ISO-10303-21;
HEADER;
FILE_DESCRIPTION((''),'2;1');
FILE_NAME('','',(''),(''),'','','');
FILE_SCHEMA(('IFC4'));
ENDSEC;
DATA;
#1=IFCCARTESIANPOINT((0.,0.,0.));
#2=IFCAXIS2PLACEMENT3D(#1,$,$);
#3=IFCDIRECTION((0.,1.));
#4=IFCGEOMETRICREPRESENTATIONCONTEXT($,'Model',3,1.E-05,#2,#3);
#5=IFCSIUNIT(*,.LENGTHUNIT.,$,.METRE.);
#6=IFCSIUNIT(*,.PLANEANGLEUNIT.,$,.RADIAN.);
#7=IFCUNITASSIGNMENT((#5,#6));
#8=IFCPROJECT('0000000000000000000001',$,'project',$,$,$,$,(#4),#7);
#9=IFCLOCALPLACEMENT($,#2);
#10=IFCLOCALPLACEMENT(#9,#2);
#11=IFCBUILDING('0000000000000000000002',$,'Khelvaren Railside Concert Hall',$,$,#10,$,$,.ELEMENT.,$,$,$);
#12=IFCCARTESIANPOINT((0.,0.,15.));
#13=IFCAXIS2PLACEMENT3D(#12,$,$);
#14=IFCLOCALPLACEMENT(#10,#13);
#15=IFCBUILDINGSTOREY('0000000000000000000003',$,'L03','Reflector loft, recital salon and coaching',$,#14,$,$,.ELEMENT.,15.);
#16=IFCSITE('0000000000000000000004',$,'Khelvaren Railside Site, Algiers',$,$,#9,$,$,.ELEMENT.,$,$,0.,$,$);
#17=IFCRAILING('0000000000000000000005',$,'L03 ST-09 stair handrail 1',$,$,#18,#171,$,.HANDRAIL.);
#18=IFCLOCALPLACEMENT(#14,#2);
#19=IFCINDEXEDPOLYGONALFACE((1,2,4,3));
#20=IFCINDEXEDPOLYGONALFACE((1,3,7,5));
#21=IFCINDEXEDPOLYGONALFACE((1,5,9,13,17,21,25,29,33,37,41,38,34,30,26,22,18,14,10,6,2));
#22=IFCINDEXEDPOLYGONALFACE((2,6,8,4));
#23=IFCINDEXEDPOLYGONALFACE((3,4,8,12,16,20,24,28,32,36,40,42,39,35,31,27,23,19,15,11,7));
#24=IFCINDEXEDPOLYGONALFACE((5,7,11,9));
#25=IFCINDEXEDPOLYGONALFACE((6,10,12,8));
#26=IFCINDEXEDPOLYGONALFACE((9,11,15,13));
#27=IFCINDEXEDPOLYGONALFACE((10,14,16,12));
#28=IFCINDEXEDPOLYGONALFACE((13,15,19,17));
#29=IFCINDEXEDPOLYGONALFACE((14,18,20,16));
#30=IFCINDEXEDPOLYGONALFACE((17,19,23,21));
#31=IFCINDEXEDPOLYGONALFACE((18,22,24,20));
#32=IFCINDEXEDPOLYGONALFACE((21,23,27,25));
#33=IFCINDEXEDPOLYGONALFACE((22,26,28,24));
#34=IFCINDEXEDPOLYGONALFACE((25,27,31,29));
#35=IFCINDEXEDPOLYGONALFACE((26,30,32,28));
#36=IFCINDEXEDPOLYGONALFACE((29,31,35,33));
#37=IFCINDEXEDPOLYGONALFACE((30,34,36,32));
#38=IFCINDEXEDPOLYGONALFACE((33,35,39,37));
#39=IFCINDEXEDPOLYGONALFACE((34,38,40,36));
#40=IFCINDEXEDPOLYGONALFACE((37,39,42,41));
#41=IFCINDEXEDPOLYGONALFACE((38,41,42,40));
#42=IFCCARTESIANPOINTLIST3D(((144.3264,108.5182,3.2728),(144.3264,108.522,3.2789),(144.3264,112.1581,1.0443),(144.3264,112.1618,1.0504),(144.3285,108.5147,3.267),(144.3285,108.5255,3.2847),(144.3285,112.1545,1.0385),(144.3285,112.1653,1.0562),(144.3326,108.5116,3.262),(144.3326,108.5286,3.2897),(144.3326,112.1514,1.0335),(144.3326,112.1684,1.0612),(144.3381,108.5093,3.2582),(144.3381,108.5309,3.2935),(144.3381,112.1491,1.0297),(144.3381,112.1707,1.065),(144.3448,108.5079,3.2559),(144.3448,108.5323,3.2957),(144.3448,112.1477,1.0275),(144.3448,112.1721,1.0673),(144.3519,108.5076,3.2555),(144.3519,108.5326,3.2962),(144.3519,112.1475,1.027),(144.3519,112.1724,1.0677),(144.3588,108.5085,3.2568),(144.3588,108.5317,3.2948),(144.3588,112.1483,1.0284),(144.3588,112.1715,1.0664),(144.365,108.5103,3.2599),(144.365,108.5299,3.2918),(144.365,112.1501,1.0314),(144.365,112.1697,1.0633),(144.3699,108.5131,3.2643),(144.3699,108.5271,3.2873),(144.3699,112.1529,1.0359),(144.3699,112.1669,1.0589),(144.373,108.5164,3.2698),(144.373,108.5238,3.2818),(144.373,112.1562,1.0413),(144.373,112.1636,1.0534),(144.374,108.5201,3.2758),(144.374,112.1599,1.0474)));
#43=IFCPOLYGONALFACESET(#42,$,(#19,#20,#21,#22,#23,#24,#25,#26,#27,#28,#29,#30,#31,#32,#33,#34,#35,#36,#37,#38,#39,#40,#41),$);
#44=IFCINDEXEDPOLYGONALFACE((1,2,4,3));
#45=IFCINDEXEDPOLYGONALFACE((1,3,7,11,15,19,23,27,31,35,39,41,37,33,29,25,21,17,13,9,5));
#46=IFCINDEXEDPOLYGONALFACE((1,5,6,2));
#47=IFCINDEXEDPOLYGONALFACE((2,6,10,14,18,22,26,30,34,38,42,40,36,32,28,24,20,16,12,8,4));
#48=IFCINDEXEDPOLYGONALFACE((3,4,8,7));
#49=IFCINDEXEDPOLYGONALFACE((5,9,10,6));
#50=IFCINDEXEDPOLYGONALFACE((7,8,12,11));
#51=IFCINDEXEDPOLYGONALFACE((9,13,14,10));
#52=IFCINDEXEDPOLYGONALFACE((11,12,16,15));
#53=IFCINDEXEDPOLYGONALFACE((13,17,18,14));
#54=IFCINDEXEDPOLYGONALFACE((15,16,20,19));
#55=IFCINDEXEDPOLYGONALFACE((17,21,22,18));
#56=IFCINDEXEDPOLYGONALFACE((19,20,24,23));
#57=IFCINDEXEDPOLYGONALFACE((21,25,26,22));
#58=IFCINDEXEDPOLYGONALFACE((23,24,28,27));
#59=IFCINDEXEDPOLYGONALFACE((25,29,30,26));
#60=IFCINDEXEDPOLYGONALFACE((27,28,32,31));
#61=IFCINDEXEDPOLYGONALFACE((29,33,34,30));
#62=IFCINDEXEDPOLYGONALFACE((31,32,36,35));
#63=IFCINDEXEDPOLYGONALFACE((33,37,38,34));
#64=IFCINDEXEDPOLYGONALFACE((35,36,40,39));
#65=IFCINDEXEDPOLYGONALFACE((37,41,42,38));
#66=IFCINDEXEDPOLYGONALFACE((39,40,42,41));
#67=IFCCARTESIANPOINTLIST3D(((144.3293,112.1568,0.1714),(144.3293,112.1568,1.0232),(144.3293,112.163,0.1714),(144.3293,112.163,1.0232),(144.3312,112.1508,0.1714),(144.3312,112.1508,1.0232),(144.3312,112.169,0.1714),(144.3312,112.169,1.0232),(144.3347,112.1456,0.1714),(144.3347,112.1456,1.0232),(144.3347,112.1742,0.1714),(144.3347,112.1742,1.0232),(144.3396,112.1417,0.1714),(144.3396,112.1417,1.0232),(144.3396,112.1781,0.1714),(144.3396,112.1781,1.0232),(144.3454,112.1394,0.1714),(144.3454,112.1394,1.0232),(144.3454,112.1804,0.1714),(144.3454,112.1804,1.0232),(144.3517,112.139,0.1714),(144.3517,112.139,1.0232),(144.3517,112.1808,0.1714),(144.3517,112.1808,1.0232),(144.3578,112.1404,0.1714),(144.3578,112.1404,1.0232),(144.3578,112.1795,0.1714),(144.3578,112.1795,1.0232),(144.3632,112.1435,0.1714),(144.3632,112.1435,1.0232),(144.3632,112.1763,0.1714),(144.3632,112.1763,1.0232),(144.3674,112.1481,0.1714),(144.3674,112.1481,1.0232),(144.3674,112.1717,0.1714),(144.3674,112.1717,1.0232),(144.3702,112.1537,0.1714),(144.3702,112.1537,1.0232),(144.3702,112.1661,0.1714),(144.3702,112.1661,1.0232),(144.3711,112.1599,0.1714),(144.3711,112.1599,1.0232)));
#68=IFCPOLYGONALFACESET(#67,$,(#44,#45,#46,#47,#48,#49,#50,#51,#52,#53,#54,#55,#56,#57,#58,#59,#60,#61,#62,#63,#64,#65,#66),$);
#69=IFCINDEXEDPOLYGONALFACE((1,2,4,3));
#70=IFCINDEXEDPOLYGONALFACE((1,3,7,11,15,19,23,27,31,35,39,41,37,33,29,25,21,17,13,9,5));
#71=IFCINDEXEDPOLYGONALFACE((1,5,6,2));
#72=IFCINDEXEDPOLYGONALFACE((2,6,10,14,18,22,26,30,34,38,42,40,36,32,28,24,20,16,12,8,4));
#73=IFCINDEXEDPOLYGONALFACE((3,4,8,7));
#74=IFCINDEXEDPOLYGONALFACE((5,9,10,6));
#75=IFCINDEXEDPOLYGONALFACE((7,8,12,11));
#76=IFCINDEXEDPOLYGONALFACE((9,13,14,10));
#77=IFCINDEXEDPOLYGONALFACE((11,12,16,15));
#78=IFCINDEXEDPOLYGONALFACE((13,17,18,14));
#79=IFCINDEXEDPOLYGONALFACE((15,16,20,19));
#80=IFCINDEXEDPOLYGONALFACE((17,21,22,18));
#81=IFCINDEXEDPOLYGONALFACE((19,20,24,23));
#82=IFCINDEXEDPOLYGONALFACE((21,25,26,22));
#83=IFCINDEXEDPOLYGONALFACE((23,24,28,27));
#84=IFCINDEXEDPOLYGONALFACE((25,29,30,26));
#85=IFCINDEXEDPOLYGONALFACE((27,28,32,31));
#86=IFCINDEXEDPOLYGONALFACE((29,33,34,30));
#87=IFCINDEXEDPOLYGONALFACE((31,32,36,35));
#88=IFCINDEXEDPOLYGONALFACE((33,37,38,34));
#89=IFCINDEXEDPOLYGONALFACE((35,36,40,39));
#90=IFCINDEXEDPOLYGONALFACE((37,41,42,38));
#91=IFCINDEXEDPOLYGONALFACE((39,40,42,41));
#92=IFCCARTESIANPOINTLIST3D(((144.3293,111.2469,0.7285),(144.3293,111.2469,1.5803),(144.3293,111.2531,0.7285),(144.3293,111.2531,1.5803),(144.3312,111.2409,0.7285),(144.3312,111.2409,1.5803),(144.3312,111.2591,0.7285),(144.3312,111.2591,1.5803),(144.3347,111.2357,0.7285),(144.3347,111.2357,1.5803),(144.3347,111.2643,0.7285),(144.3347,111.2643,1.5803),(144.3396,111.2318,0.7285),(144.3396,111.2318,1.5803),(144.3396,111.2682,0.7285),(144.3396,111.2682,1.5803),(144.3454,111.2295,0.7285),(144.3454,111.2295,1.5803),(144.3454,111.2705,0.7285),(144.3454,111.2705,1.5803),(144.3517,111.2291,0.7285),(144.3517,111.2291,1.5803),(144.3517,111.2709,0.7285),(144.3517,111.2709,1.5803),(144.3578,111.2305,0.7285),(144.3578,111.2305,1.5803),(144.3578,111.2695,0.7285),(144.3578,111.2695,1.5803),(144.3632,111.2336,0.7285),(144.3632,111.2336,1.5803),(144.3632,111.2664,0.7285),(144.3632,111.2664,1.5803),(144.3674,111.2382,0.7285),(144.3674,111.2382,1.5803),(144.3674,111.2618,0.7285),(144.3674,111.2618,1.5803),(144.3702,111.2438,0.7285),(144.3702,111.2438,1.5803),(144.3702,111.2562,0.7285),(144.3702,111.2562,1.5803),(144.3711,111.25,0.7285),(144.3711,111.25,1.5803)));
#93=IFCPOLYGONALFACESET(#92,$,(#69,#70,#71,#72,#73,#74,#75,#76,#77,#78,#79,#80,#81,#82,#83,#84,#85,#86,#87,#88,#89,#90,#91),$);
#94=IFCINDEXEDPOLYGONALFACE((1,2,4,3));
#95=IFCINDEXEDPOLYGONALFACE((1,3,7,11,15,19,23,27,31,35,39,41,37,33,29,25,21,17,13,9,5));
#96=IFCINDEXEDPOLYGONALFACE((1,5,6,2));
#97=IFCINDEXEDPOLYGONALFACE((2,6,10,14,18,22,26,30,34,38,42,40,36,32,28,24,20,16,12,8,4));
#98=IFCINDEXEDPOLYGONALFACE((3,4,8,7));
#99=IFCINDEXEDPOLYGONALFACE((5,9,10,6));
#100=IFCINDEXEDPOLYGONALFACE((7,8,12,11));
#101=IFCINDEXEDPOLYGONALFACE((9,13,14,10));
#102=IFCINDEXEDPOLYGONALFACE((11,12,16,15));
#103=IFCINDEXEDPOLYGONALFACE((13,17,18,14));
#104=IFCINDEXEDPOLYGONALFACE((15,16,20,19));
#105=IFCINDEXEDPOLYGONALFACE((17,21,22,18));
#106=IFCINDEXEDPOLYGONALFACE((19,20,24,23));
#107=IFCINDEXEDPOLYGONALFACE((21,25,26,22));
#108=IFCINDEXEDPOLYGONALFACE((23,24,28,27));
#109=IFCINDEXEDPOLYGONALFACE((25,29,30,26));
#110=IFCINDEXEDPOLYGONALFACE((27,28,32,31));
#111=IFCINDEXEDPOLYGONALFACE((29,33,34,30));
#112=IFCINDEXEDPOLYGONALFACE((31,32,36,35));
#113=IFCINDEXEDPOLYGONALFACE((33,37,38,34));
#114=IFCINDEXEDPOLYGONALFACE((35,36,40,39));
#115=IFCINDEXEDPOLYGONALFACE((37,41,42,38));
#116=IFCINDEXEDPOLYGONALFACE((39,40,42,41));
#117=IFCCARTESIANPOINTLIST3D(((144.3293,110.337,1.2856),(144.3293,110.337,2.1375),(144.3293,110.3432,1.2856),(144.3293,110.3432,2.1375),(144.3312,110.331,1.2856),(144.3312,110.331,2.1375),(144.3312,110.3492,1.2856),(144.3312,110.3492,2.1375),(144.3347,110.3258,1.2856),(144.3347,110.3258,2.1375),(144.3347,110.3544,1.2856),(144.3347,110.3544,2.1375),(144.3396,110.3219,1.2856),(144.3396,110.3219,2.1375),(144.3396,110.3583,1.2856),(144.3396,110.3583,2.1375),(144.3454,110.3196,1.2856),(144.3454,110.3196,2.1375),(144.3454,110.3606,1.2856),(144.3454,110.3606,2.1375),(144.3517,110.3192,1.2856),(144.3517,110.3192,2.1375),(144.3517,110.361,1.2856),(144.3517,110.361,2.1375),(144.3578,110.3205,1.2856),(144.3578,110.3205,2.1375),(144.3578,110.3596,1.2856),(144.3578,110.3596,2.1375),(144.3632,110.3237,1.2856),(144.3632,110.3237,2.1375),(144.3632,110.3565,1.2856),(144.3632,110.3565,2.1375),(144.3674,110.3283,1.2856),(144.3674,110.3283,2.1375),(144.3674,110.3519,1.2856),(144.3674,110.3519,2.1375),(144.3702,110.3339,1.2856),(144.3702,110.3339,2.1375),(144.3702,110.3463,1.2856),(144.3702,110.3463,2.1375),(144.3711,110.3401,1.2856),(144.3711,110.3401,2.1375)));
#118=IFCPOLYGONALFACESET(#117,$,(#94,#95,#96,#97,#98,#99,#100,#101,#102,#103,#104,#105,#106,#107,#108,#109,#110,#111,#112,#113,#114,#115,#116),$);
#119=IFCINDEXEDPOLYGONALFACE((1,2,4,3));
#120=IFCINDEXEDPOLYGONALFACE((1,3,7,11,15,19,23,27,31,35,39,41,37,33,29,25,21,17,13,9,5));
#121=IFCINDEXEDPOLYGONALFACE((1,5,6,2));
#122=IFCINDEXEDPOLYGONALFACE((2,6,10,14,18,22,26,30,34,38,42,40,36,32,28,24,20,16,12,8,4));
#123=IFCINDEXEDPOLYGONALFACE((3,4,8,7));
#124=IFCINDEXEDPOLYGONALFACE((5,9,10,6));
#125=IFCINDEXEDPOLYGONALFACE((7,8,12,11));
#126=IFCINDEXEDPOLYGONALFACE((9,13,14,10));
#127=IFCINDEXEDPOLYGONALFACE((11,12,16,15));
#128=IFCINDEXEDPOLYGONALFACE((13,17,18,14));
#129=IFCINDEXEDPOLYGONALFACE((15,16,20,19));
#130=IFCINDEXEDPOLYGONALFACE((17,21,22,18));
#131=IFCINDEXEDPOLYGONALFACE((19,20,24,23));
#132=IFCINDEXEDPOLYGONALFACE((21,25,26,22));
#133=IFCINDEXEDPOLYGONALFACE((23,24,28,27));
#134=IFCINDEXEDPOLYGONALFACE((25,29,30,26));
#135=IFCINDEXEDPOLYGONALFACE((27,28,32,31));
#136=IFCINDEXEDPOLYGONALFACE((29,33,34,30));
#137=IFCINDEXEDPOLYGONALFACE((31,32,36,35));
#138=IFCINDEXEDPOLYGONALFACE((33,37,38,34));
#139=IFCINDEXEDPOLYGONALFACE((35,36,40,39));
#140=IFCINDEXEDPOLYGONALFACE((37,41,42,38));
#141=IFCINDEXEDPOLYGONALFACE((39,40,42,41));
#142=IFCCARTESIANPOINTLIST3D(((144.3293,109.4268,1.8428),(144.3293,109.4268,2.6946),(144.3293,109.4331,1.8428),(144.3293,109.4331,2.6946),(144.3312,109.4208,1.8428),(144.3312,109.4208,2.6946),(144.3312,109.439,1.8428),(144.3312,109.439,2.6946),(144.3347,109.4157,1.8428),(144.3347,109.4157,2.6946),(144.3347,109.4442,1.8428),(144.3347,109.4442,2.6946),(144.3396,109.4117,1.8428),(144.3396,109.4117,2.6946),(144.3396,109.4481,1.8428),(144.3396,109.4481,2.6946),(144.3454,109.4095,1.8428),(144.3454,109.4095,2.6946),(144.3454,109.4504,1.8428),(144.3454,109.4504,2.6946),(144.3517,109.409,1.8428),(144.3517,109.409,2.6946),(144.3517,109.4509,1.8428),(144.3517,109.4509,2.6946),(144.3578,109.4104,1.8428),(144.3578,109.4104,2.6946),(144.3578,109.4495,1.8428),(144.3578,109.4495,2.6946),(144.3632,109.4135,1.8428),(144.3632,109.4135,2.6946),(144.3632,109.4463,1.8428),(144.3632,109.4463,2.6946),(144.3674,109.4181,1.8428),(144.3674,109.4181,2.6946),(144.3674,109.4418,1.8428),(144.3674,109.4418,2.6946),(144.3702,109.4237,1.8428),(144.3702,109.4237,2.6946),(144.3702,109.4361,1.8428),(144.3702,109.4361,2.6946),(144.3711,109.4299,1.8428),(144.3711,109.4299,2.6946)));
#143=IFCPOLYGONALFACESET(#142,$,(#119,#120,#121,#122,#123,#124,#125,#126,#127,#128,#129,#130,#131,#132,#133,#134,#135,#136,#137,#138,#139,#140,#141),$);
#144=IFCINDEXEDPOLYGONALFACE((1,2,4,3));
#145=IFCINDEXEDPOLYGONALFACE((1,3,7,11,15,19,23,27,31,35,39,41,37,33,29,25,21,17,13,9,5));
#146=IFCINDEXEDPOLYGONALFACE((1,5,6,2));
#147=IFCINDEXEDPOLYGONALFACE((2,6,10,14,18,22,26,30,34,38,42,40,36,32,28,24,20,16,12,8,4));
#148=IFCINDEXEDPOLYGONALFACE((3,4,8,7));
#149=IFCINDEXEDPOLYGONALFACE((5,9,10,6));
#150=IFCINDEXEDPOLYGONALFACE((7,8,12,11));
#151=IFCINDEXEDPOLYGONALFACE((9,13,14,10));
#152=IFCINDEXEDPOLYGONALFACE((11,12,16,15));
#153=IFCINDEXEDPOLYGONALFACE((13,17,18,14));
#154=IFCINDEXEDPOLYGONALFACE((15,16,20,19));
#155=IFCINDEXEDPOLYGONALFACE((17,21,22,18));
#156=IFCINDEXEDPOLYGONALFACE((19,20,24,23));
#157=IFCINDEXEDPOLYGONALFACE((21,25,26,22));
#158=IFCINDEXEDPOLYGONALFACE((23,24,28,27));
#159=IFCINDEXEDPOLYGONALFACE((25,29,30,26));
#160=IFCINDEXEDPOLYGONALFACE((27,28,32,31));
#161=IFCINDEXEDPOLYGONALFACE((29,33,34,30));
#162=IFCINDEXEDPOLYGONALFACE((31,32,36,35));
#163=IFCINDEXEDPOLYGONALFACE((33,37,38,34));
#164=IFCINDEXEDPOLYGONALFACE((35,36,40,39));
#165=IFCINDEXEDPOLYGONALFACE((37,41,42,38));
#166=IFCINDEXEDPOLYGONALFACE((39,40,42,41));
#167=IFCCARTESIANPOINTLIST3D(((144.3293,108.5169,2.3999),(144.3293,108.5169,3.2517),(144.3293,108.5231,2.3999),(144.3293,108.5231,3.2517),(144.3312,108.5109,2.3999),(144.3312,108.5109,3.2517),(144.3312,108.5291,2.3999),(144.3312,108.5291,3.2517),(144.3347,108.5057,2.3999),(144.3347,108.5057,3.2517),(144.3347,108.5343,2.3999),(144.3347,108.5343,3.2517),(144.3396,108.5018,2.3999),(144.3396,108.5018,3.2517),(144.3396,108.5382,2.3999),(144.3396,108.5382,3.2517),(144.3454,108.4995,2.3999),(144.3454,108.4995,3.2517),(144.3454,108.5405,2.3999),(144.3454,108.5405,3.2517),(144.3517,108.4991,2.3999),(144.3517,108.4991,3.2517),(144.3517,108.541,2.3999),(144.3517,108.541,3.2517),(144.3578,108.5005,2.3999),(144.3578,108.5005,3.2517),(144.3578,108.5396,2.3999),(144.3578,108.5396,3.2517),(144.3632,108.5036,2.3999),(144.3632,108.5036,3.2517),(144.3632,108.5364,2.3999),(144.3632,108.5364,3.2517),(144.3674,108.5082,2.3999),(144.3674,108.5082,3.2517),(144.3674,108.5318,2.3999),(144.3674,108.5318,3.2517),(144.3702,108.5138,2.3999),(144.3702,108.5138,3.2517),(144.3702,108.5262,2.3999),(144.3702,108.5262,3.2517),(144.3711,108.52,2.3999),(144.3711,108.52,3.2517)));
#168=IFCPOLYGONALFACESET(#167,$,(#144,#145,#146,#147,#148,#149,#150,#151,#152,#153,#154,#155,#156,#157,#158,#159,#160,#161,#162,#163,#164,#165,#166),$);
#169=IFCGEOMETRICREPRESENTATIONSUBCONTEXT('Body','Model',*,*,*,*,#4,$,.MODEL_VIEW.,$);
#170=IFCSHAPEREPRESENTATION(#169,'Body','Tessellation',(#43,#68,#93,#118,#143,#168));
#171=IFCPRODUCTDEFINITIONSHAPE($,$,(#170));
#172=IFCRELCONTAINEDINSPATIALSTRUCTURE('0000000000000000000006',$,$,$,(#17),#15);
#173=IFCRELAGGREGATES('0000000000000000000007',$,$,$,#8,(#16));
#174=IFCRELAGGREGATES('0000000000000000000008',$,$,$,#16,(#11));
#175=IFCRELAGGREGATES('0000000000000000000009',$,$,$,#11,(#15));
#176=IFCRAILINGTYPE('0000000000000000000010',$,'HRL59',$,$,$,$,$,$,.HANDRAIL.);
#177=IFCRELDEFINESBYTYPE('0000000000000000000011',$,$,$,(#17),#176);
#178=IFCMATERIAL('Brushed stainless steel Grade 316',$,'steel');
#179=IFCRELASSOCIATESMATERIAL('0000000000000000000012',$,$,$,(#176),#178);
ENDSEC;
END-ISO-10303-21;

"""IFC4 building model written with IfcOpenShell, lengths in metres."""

from ifc_helpers import new_model, si_unit, direction, frame, origin, origin_2d, place, context, subcontext, project, spatial, circle, extrude, material, type_object, element, save


model = new_model("IFC4")

# Units and contexts
model_context = context("Model", 3, precision=1e-05, world=origin(), true_north=direction((0.0, 1.0)))
body_context = subcontext(model_context, "Body", "Model", "MODEL_VIEW")
ifc_project = project(units=[si_unit("LENGTHUNIT", "METRE"), si_unit("PLANEANGLEUNIT", "RADIAN")], contexts=[model_context])

# Site, building, storey
site_placement = place(None, origin())
site = spatial("IfcSite", under=ifc_project, at=site_placement, Name="Khelvaren Railside Site, Algiers", CompositionType="ELEMENT", RefElevation=0.0)
building_placement = place(site_placement, origin())
building = spatial("IfcBuilding", under=site, at=building_placement, Name="Khelvaren Railside Concert Hall", CompositionType="ELEMENT")
storey_placement = place(building_placement, frame((0.0, 0.0, 15.0)))
storey = spatial("IfcBuildingStorey", under=building, at=storey_placement, Name="L03", Description="Reflector loft, recital salon and coaching", CompositionType="ELEMENT", Elevation=15.0)

# Railing
ifc_material_1 = material(Name="Brushed stainless steel Grade 316", Category="steel")
railing_type_1 = type_object("IfcRailingType", Name="HRL59", PredefinedType="HANDRAIL", material=ifc_material_1)
railing_1_placement = place(storey_placement, frame((144.3501, 112.1599, 0.1714)))
element("IfcRailing", 1, at=railing_1_placement, inside=storey, type_object=railing_type_1, Name="L03 ST-09 stair handrail 1", PredefinedType="HANDRAIL", context=body_context, shape_type="SweptSolid", body=[
    extrude(circle(Radius=0.0239, at=origin_2d()), frame((0.0, 0.0, 0.876), z_axis=(0.0, -0.85285, 0.522156), x_axis=(1.0, 0.0, 0.0)), (0.0, 0.0, 1.0), 4.2678),
    extrude(circle(Radius=0.021, at=origin_2d()), origin(), (0.0, 0.0, 1.0), 0.8518),
    extrude(circle(Radius=0.021, at=origin_2d()), frame((0.0, -0.9099, 0.5571)), (0.0, 0.0, 1.0), 0.8518),
    extrude(circle(Radius=0.021, at=origin_2d()), frame((0.0, -1.8198, 1.1143)), (0.0, 0.0, 1.0), 0.8518),
    extrude(circle(Radius=0.021, at=origin_2d()), frame((0.0, -2.73, 1.6714)), (0.0, 0.0, 1.0), 0.8518),
    extrude(circle(Radius=0.021, at=origin_2d()), frame((0.0, -3.6399, 2.2285)), (0.0, 0.0, 1.0), 0.8518),
])

save(model, "model.ifc")
